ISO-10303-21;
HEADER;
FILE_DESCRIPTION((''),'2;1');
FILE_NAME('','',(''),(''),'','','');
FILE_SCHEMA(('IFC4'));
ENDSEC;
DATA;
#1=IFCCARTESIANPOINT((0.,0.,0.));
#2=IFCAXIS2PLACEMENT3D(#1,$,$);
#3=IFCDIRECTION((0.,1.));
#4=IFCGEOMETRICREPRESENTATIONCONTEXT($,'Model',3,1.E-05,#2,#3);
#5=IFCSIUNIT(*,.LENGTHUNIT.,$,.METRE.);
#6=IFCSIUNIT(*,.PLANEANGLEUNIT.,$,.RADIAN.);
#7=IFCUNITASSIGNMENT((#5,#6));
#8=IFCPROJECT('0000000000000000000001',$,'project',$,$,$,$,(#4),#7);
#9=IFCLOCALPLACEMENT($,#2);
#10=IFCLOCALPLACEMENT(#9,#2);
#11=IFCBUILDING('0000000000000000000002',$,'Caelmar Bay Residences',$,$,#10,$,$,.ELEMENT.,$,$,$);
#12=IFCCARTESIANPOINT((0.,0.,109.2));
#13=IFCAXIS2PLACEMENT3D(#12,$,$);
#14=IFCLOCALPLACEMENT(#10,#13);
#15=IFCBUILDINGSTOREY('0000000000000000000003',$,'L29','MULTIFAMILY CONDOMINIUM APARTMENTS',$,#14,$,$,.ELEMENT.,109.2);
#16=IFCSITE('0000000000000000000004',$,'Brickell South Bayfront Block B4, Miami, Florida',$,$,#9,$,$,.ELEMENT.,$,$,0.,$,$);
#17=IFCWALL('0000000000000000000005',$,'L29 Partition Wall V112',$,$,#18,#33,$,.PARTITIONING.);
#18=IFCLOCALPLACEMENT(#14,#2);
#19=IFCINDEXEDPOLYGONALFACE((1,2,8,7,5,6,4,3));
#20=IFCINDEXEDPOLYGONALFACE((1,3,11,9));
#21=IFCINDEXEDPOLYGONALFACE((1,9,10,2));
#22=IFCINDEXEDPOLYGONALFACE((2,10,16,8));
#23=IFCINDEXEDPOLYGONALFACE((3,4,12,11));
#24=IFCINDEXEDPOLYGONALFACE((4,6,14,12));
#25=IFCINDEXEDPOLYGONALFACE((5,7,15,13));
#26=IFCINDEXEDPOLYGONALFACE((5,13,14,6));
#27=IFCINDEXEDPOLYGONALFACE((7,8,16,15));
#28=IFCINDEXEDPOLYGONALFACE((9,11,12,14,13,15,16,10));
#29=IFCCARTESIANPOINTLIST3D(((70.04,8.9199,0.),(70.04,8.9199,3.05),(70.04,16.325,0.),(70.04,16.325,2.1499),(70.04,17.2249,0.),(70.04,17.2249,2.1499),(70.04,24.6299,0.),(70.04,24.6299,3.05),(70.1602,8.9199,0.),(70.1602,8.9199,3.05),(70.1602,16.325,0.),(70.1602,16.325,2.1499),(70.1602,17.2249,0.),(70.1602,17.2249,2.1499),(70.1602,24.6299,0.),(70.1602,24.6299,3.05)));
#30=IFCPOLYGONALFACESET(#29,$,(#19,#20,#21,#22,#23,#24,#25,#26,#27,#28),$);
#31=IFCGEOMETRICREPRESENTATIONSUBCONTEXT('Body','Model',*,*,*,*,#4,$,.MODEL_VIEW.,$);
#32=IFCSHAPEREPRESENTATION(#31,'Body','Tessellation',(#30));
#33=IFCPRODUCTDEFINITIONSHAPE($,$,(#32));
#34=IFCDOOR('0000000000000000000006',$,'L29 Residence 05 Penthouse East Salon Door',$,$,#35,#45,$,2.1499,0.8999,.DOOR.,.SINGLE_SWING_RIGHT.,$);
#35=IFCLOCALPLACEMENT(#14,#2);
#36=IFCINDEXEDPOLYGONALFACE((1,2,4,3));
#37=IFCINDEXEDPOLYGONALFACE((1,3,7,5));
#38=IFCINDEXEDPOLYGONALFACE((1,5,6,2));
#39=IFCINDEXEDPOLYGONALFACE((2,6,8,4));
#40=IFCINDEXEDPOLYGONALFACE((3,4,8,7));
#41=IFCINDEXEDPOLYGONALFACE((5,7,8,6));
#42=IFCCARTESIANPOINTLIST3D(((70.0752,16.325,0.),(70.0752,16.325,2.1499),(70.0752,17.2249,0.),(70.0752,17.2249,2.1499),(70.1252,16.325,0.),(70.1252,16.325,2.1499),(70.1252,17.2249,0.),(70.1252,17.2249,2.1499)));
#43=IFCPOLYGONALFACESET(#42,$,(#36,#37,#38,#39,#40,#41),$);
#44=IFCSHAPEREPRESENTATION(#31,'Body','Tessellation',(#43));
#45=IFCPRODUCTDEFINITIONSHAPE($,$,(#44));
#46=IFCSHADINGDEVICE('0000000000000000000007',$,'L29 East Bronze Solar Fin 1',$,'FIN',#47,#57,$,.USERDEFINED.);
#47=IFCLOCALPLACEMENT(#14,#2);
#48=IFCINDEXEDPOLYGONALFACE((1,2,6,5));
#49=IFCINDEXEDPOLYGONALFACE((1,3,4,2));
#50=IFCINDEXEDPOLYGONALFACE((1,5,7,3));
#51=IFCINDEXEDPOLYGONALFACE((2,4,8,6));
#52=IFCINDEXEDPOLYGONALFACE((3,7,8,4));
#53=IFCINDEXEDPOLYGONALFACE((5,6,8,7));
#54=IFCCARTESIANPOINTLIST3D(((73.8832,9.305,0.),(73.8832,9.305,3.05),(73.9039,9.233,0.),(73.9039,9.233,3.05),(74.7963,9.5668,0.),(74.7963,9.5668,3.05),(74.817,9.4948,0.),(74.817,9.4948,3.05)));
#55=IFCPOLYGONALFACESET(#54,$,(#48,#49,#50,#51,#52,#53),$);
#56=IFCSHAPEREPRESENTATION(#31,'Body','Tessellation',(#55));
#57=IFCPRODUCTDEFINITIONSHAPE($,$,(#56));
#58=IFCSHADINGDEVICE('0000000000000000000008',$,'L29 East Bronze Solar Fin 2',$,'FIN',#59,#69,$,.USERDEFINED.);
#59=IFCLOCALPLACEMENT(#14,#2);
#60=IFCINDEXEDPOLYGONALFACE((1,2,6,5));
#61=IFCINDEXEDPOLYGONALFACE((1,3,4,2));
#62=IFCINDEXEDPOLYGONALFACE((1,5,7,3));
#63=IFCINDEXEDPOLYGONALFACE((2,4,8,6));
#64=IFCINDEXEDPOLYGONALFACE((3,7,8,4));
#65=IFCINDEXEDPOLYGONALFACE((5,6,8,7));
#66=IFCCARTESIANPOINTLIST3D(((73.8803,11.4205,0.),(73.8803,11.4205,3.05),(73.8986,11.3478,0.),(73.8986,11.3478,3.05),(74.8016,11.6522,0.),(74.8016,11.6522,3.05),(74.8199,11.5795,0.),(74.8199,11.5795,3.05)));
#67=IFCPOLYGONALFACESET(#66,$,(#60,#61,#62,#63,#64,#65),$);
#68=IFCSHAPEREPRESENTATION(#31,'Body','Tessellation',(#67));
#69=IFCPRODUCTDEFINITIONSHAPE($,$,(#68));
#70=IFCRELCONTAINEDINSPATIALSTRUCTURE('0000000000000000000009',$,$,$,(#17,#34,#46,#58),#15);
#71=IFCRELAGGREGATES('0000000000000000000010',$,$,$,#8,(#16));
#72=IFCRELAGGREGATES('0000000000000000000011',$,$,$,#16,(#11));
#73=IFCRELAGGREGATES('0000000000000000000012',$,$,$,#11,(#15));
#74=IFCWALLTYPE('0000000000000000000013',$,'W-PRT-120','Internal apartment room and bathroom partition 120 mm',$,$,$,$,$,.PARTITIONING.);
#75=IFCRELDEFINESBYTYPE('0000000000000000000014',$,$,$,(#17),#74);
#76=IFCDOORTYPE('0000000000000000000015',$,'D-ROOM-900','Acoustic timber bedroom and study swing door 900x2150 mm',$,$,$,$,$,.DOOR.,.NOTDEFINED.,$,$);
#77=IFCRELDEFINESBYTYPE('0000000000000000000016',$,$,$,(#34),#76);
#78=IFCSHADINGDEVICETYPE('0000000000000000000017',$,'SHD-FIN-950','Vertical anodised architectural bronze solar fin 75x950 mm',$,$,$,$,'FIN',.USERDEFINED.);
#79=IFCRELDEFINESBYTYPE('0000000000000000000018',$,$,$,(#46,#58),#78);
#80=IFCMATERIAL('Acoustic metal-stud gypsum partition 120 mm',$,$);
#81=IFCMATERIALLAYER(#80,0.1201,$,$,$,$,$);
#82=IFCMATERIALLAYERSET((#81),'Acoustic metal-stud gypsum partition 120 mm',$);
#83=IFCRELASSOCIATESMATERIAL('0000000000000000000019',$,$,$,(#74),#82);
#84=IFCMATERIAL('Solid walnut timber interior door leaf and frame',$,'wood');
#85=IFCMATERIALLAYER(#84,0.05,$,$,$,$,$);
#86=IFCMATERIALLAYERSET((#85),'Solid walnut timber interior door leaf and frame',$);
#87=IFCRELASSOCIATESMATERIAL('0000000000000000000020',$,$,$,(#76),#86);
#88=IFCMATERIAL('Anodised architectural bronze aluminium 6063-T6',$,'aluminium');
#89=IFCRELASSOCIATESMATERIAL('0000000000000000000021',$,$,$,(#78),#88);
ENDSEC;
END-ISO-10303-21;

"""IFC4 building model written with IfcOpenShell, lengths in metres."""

from ifc_helpers import new_model, si_unit, direction, frame, frame_2d, origin, origin_2d, place, context, subcontext, project, spatial, rectangle, extrude, material, layer, layer_set, material_profile, profile_set, type_object, element, fill, save


model = new_model("IFC4")

# Units and contexts
model_context = context("Model", 3, precision=1e-05, world=origin(), true_north=direction((0.0, 1.0)))
body_context = subcontext(model_context, "Body", "Model", "MODEL_VIEW")
ifc_project = project(units=[si_unit("LENGTHUNIT", "METRE"), si_unit("PLANEANGLEUNIT", "RADIAN")], contexts=[model_context])

# Site, building, storey
site_placement = place(None, origin())
site = spatial("IfcSite", under=ifc_project, at=site_placement, Name="Brickell South Bayfront Block B4, Miami, Florida", CompositionType="ELEMENT", RefElevation=0.0)
building_placement = place(site_placement, origin())
building = spatial("IfcBuilding", under=site, at=building_placement, Name="Caelmar Bay Residences", CompositionType="ELEMENT")
storey_placement = place(building_placement, frame((0.0, 0.0, 109.2)))
storey = spatial("IfcBuildingStorey", under=building, at=storey_placement, Name="L29", Description="MULTIFAMILY CONDOMINIUM APARTMENTS", CompositionType="ELEMENT", Elevation=109.2)

# Shared definitions
ifc_material_1 = material(Name="Acoustic metal-stud gypsum partition 120 mm")
ifc_layer_1 = layer(ifc_material_1, 0.1201)
ifc_layer_set_1 = layer_set([ifc_layer_1], Name="Acoustic metal-stud gypsum partition 120 mm")
wall_type_1 = type_object("IfcWallType", Name="W-PRT-120", Description="Internal apartment room and bathroom partition 120 mm", PredefinedType="PARTITIONING", material=ifc_layer_set_1)

# Wall, opening, door
wall_1_placement = place(storey_placement, frame((70.1001, 8.9199, 0.0), z_axis=(0.0, 0.0, 1.0), x_axis=(0.0, 1.0, 0.0)))
wall_1 = element("IfcWall", 1, at=wall_1_placement, inside=storey, type_object=wall_type_1, Name="L29 Partition Wall V112", PredefinedType="PARTITIONING", context=body_context, shape_type="SweptSolid", body=[
    extrude(rectangle(XDim=15.71, YDim=0.1201, at=frame_2d((7.855, 0.0))), origin(), (0.0, 0.0, 1.0), 3.05),
])
opening_placement = place(wall_1_placement, frame((7.405, 0.0, 0.0)))
opening = element("IfcOpeningElement", 2, at=opening_placement, cuts=wall_1, PredefinedType="OPENING", context=body_context, shape_type="SweptSolid", body=[
    extrude(rectangle(XDim=0.8999, YDim=2.1499, at=frame_2d((0.45, 1.075))), frame((0.0, 0.0701, 0.0), z_axis=(0.0, -1.0, 0.0), x_axis=(1.0, 0.0, 0.0)), (0.0, 0.0, 1.0), 0.1401),
])
ifc_material_2 = material(Name="Solid walnut timber interior door leaf and frame", Category="wood")
ifc_layer_2 = layer(ifc_material_2, 0.05)
ifc_layer_set_2 = layer_set([ifc_layer_2], Name="Solid walnut timber interior door leaf and frame")
door_type = type_object("IfcDoorType", Name="D-ROOM-900", Description="Acoustic timber bedroom and study swing door 900x2150 mm", OperationType="NOTDEFINED", PredefinedType="DOOR", material=ifc_layer_set_2)
door_placement = place(opening_placement, origin())
door = element("IfcDoor", 3, at=door_placement, inside=storey, type_object=door_type, Name="L29 Residence 05 Penthouse East Salon Door", OperationType="SINGLE_SWING_RIGHT", OverallHeight=2.1499, OverallWidth=0.8999, PredefinedType="DOOR", context=body_context, shape_type="SweptSolid", body=[
    extrude(rectangle(XDim=0.8999, YDim=2.1499, at=frame_2d((0.45, 1.075))), frame((0.0, 0.0249, 0.0), z_axis=(0.0, -1.0, 0.0), x_axis=(1.0, 0.0, 0.0)), (0.0, 0.0, 1.0), 0.05),
])
fill(opening, door)

# Shading devices
ifc_material_3 = material(Name="Anodised architectural bronze aluminium 6063-T6", Category="aluminium")
ifc_material_profile_1 = material_profile(ifc_material_3, rectangle(XDim=0.075, YDim=0.95, at=origin_2d()), Name="BRONZE-FIN-75X950")
ifc_profile_set_1 = profile_set([ifc_material_profile_1], Name="Anodised architectural bronze aluminium 6063-T6")
shading_device_type = type_object("IfcShadingDeviceType", Name="SHD-FIN-950", Description="Vertical anodised architectural bronze solar fin 75x950 mm", ElementType="FIN", PredefinedType="USERDEFINED", material=ifc_profile_set_1)
for number, where, z_axis, x_axis, name in (
    (4, (74.3501, 9.3999, 0.0), (0.0, 0.0, 1.0), (-0.275637, 0.961262, 0.0), "L29 East Bronze Solar Fin 1"),
    (5, (74.3501, 11.5, 0.0), (0.0, 0.0, 1.0), (-0.243954, 0.969787, 0.0), "L29 East Bronze Solar Fin 2"),
):
    element("IfcShadingDevice", number, at=place(storey_placement, frame(where, z_axis=z_axis, x_axis=x_axis)), inside=storey, type_object=shading_device_type, Name=name, ObjectType="FIN", PredefinedType="USERDEFINED", context=body_context, shape_type="SweptSolid", body=[
        extrude(rectangle(XDim=0.075, YDim=0.95, at=origin_2d()), origin(), (0.0, 0.0, 1.0), 3.05),
    ])

save(model, "model.ifc")
